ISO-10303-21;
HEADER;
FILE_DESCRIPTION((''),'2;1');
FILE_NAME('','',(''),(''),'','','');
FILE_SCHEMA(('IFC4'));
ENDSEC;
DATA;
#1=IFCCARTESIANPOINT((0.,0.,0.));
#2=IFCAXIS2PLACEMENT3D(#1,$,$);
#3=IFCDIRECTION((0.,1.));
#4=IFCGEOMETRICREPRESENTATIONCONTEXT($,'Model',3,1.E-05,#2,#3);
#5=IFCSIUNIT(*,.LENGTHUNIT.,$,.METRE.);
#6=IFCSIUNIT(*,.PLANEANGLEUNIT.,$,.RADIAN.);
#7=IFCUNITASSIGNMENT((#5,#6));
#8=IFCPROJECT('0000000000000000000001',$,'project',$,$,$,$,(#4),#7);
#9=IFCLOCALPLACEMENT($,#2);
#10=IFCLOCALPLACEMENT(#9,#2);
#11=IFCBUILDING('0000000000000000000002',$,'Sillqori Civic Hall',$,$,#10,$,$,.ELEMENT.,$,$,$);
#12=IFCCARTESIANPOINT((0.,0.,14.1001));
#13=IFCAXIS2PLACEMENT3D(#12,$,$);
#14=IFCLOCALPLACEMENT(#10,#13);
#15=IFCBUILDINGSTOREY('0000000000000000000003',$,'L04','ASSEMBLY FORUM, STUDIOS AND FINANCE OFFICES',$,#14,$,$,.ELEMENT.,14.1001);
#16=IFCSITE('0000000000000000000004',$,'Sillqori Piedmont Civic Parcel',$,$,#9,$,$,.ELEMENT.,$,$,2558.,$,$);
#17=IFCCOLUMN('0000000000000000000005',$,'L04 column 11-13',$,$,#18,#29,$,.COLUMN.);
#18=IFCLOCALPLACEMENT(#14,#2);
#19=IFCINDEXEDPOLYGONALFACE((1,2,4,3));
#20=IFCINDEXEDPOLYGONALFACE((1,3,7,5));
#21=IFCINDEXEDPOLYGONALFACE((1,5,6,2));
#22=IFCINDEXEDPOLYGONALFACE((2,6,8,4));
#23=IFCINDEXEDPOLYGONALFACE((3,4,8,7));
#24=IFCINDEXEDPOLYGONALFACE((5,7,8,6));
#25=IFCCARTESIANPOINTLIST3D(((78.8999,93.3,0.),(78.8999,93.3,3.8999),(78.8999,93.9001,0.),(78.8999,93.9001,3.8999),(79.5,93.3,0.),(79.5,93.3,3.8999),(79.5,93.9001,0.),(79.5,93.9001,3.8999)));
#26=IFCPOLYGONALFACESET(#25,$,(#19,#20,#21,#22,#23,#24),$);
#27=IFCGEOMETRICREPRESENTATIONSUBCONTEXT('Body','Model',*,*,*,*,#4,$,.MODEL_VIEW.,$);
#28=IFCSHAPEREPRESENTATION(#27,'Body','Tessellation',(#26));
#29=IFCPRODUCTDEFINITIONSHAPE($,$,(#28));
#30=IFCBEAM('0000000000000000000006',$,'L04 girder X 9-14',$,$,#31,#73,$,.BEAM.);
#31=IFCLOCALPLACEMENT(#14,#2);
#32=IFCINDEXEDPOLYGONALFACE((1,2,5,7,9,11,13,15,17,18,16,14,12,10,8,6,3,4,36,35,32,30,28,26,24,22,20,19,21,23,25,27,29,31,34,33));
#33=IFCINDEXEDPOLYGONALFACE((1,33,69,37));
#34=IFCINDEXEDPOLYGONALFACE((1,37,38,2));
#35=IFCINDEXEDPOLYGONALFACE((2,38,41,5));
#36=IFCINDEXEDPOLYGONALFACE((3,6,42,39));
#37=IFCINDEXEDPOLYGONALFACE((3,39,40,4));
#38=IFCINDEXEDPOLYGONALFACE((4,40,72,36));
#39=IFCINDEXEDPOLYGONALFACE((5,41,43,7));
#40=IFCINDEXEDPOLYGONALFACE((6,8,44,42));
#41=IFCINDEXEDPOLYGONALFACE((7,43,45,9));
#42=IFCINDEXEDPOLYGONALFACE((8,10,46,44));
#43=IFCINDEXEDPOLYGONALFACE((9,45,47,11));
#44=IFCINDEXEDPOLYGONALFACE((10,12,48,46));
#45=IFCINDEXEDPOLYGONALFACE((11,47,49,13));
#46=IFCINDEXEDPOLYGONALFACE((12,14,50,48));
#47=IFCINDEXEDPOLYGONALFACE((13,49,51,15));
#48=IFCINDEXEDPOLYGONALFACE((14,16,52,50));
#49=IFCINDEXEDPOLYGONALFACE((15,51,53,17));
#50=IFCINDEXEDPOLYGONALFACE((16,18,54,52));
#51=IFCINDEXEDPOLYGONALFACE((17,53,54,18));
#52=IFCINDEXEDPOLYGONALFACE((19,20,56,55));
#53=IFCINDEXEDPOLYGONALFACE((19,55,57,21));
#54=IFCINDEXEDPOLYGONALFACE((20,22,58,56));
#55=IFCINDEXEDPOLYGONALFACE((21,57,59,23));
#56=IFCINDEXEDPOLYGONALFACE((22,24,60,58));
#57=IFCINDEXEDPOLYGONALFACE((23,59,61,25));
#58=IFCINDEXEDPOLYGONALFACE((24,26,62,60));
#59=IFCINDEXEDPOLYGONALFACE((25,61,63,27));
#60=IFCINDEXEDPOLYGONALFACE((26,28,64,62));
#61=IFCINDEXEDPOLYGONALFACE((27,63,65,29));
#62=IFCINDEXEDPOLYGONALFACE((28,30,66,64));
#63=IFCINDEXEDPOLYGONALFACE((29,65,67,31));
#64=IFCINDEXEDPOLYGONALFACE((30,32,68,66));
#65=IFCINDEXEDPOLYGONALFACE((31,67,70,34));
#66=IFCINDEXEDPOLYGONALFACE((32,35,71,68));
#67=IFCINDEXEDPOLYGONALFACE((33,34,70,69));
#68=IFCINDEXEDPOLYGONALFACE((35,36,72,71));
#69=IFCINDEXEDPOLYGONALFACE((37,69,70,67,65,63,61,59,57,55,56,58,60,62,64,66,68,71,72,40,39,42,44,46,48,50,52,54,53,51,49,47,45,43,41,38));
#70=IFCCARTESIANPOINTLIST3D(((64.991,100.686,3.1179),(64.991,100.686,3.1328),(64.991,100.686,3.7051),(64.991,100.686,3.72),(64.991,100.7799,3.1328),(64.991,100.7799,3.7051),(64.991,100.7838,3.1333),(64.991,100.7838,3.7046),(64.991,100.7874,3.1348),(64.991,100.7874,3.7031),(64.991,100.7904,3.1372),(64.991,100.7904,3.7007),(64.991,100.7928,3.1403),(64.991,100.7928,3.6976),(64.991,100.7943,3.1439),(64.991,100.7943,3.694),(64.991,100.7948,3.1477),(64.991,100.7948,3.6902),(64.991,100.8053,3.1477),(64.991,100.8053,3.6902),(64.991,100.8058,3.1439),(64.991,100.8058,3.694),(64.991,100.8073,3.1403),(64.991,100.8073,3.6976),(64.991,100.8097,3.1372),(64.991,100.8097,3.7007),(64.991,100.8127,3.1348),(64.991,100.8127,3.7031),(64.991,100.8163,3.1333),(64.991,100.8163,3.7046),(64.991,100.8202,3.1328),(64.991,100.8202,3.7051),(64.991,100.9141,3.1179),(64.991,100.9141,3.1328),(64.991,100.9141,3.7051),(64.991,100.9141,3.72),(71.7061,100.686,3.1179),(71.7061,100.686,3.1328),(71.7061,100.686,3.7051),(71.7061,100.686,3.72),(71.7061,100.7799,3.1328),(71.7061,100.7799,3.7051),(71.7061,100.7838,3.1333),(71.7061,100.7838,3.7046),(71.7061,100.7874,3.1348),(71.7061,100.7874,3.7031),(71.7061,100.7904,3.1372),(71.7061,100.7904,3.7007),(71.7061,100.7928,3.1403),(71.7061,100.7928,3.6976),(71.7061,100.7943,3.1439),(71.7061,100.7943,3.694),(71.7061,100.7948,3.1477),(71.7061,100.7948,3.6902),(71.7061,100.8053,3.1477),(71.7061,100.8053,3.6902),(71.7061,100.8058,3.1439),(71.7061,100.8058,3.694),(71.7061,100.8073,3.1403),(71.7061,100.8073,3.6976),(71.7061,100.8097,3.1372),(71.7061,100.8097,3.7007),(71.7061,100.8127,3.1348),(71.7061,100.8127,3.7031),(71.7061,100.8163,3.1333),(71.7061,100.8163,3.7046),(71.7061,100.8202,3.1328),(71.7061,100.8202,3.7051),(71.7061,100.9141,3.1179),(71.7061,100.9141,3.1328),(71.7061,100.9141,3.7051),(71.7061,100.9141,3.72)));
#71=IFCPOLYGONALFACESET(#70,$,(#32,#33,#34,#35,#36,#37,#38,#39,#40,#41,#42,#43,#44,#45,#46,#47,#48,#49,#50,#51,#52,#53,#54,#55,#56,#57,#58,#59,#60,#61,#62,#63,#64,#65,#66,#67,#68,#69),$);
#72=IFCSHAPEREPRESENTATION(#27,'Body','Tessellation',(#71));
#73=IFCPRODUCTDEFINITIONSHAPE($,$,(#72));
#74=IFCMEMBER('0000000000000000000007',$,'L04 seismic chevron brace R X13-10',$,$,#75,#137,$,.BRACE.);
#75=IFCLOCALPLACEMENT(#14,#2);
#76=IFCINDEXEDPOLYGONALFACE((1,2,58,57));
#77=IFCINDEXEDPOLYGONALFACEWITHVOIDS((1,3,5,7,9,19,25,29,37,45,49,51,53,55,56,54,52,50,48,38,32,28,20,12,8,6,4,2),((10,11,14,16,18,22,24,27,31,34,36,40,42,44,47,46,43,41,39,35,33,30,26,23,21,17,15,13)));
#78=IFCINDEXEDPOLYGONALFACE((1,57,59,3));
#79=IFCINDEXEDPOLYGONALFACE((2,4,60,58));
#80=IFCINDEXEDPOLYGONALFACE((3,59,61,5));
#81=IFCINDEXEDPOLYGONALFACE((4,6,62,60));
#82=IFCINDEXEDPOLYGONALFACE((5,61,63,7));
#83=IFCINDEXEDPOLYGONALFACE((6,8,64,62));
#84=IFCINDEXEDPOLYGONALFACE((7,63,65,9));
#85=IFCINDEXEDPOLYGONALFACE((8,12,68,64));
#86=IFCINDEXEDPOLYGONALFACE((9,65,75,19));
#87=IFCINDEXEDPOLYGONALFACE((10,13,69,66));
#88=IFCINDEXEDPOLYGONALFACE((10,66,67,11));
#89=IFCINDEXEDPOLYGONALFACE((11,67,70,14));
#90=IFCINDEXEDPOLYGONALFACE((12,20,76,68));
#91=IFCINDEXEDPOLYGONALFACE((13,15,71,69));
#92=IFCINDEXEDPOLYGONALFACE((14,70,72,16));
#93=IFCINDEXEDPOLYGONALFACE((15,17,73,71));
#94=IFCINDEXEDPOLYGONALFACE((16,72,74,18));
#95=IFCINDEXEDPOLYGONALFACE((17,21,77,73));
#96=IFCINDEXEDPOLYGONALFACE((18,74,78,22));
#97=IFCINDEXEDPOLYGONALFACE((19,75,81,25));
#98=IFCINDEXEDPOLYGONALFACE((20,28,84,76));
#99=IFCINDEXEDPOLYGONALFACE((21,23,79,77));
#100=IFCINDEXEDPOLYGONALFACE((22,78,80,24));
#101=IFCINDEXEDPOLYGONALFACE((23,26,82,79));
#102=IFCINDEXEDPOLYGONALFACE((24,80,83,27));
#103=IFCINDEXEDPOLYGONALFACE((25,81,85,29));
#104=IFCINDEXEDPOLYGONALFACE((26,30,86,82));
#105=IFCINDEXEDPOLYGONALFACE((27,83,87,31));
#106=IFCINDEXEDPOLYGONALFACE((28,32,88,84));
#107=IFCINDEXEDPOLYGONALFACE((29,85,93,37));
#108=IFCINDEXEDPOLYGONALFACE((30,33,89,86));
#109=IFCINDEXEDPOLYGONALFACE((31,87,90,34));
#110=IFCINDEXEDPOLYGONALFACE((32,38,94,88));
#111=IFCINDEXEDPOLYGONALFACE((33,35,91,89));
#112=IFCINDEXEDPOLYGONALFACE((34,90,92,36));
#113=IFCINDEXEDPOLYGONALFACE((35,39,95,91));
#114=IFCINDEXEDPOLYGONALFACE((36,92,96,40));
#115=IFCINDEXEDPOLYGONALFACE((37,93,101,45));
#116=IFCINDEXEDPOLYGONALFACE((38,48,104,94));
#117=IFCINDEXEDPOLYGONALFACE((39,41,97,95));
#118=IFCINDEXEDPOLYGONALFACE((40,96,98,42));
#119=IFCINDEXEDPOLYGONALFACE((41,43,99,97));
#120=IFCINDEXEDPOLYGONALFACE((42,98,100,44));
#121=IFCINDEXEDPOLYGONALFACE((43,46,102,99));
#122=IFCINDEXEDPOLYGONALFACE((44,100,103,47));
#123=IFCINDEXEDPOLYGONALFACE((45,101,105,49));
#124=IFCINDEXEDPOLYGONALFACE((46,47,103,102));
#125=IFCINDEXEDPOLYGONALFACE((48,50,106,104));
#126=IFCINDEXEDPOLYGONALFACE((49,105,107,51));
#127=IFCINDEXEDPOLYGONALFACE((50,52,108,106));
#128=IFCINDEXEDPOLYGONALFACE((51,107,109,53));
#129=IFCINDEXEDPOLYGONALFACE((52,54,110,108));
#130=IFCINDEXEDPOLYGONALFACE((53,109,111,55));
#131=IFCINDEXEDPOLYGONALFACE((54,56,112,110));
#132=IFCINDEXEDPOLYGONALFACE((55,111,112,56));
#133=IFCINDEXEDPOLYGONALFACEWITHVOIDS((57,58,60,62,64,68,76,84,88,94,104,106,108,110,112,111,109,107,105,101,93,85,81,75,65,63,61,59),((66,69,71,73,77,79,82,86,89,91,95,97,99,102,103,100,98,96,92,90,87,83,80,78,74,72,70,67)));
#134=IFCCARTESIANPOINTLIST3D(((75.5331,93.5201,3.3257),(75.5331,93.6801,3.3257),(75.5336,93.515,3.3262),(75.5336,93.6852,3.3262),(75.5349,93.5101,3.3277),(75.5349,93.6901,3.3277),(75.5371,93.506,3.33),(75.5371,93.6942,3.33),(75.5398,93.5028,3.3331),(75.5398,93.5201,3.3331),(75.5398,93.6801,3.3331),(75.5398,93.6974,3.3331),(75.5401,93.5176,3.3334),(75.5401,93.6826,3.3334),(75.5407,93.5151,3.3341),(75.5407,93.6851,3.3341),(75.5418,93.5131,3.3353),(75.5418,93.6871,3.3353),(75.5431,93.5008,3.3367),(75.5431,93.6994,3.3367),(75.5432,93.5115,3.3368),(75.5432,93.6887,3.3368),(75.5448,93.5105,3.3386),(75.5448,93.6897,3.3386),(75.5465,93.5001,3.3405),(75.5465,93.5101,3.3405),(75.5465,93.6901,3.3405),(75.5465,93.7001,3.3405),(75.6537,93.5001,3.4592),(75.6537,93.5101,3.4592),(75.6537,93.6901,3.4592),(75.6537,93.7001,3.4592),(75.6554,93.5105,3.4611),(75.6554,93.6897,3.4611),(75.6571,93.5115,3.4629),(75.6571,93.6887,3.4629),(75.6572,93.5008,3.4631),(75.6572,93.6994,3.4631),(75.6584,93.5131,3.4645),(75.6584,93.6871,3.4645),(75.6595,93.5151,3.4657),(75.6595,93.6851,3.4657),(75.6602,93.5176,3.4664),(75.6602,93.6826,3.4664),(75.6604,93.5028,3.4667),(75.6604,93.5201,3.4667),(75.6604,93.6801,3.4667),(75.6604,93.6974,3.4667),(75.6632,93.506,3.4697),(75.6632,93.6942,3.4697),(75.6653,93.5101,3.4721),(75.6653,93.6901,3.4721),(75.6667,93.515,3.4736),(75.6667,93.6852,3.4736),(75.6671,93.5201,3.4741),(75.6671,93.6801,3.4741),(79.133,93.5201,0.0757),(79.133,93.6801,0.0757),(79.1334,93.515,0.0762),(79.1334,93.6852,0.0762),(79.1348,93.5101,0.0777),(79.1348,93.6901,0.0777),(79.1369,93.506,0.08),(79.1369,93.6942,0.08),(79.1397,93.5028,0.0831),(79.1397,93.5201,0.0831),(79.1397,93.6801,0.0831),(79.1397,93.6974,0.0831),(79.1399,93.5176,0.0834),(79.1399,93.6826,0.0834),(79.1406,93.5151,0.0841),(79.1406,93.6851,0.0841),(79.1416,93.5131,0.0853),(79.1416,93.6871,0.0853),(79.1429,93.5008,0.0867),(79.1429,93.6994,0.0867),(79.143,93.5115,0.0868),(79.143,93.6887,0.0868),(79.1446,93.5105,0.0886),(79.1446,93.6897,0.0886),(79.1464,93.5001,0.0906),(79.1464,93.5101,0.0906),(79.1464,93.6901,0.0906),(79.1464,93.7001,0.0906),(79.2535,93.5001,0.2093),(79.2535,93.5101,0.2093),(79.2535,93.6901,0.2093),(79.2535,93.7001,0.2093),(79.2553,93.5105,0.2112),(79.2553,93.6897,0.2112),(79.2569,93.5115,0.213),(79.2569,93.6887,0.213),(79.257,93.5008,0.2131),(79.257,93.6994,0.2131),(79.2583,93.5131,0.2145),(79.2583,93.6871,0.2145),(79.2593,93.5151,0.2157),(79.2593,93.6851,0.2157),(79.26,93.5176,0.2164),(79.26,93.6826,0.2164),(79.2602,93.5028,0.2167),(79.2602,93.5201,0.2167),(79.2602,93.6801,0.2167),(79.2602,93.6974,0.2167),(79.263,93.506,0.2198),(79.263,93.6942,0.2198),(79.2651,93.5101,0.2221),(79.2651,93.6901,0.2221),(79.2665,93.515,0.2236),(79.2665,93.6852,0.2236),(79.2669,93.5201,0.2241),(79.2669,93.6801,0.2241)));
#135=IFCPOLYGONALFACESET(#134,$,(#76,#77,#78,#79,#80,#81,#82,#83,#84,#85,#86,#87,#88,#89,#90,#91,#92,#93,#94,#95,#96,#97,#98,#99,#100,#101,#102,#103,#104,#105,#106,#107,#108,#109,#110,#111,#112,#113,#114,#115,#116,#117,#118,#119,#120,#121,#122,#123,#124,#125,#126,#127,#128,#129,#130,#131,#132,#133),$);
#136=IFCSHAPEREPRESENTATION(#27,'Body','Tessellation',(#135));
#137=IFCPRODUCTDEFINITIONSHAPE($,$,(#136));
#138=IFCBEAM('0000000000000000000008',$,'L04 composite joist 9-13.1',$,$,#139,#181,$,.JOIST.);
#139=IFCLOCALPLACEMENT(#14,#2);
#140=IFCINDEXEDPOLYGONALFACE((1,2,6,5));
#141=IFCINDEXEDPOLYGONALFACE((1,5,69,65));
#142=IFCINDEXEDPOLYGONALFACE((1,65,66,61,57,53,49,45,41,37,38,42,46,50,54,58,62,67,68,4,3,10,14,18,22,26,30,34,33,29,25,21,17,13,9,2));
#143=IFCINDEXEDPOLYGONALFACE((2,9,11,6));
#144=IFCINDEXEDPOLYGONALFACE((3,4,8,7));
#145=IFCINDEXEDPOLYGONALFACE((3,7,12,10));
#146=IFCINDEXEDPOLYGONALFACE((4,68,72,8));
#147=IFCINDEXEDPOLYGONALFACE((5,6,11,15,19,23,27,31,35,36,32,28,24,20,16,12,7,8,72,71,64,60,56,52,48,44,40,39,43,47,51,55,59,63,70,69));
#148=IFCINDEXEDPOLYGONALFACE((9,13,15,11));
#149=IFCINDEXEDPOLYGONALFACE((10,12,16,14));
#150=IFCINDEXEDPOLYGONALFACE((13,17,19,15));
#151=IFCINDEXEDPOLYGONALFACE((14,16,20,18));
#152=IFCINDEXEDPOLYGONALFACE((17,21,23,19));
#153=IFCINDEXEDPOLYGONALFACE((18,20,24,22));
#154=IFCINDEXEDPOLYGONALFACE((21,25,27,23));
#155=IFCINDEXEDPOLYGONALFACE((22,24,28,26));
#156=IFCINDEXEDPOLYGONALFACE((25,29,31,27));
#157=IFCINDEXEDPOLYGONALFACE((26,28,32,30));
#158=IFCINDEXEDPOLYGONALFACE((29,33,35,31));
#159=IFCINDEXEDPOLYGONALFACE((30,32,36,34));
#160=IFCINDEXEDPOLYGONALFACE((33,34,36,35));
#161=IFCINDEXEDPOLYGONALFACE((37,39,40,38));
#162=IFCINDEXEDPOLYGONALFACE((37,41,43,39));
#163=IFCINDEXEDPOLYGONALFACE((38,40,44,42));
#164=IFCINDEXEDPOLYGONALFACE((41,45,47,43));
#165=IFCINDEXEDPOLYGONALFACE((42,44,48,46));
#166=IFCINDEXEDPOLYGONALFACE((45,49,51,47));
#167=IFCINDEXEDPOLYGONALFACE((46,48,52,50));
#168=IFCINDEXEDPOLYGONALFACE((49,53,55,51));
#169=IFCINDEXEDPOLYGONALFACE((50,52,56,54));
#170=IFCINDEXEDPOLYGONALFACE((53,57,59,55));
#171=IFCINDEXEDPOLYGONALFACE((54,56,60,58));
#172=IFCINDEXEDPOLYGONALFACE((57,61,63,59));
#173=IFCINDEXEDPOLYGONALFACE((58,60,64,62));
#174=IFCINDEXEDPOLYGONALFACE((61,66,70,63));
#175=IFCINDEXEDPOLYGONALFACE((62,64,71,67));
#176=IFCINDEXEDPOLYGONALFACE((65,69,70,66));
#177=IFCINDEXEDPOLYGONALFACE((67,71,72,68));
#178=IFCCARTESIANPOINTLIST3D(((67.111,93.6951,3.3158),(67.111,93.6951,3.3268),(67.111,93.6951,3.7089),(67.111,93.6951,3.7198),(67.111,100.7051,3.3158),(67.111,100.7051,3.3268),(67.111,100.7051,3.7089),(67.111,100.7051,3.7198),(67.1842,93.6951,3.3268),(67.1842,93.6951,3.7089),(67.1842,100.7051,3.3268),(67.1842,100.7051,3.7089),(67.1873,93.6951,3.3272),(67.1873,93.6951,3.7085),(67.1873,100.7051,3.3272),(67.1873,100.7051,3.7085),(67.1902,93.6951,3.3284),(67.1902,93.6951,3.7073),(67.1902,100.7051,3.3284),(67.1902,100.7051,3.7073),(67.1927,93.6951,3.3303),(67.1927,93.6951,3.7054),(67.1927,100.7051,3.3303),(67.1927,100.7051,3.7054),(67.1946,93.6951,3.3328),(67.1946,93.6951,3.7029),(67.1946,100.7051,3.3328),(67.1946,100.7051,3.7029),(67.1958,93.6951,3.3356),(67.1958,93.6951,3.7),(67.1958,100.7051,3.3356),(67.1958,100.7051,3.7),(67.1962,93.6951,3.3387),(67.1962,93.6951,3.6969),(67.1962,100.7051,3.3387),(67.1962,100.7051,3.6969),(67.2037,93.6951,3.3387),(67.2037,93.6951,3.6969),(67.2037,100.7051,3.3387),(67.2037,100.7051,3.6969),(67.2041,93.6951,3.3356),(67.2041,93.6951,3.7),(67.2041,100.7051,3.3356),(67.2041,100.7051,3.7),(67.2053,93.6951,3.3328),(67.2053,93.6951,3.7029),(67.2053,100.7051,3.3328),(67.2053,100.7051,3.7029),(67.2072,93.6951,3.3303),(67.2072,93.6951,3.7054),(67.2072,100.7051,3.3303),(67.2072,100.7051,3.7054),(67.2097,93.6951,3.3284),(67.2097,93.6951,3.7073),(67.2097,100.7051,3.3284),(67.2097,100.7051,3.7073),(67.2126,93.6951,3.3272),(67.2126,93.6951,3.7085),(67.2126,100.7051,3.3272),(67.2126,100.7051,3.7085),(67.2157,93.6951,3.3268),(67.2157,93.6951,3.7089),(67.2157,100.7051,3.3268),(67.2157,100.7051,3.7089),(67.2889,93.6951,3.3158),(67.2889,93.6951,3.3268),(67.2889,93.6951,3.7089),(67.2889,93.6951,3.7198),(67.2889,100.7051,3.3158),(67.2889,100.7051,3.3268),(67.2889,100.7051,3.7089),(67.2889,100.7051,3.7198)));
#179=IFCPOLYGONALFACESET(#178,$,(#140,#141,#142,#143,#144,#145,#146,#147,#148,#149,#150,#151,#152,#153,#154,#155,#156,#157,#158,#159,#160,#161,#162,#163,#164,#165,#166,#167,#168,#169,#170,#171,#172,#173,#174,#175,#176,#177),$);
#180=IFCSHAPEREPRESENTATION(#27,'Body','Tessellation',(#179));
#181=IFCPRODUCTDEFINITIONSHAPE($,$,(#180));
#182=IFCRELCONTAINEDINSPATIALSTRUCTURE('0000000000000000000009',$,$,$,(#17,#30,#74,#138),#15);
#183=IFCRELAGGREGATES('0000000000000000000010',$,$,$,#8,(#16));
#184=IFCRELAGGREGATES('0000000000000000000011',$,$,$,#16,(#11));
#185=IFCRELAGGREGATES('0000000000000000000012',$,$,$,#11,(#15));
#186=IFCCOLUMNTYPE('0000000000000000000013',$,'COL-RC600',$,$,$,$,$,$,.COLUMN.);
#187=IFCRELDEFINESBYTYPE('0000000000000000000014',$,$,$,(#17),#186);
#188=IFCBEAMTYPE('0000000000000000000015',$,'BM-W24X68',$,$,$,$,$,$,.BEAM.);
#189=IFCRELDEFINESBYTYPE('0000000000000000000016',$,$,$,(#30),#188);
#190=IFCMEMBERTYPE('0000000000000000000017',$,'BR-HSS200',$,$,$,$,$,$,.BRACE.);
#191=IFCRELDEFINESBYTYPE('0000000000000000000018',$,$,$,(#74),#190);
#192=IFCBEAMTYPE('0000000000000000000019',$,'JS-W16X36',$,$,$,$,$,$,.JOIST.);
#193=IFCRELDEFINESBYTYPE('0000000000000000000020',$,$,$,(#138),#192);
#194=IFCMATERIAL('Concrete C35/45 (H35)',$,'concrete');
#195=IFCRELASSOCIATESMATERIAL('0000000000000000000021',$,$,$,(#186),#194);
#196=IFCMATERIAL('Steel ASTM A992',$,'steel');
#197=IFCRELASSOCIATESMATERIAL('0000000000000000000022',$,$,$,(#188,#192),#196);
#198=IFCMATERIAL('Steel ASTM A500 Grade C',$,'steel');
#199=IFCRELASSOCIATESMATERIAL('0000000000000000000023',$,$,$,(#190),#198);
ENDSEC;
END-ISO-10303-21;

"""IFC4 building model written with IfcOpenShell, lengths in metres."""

from ifc_helpers import new_model, si_unit, direction, frame, origin, origin_2d, place, context, subcontext, project, spatial, rectangle, hollow_rectangle, i_section, extrude, material, material_profile, profile_set, type_object, element, save


model = new_model("IFC4")

# Units and contexts
model_context = context("Model", 3, precision=1e-05, world=origin(), true_north=direction((0.0, 1.0)))
body_context = subcontext(model_context, "Body", "Model", "MODEL_VIEW")
ifc_project = project(units=[si_unit("LENGTHUNIT", "METRE"), si_unit("PLANEANGLEUNIT", "RADIAN")], contexts=[model_context])

# Site, building, storey
site_placement = place(None, origin())
site = spatial("IfcSite", under=ifc_project, at=site_placement, Name="Sillqori Piedmont Civic Parcel", CompositionType="ELEMENT", RefElevation=2558.0)
building_placement = place(site_placement, origin())
building = spatial("IfcBuilding", under=site, at=building_placement, Name="Sillqori Civic Hall", CompositionType="ELEMENT")
storey_placement = place(building_placement, frame((0.0, 0.0, 14.1001)))
storey = spatial("IfcBuildingStorey", under=building, at=storey_placement, Name="L04", Description="ASSEMBLY FORUM, STUDIOS AND FINANCE OFFICES", CompositionType="ELEMENT", Elevation=14.1001)

# Column
ifc_material_1 = material(Name="Concrete C35/45 (H35)", Category="concrete")
ifc_material_profile_1 = material_profile(ifc_material_1, rectangle(XDim=0.6001, YDim=0.6001, at=origin_2d()), Name="RC 600x600")
ifc_profile_set_1 = profile_set([ifc_material_profile_1], Name="Concrete C35/45 (H35)")
column_type = type_object("IfcColumnType", Name="COL-RC600", PredefinedType="COLUMN", material=ifc_profile_set_1)
column_placement = place(storey_placement, frame((79.2, 93.6001, 0.0), z_axis=(0.0, 0.0, 1.0), x_axis=(1.0, 0.0, 0.0)))
element("IfcColumn", 1, at=column_placement, inside=storey, type_object=column_type, Name="L04 column 11-13", PredefinedType="COLUMN", context=body_context, shape_type="SweptSolid", body=[
    extrude(rectangle(XDim=0.6001, YDim=0.6001, at=origin_2d()), origin(), (0.0, 0.0, 1.0), 3.8999),
])

# Beam
ifc_material_2 = material(Name="Steel ASTM A992", Category="steel")
ifc_material_profile_2 = material_profile(ifc_material_2, i_section(OverallWidth=0.228, OverallDepth=0.6021, WebThickness=0.0105, FlangeThickness=0.0149, FilletRadius=0.0149, at=origin_2d()), Name="W24X68")
ifc_profile_set_2 = profile_set([ifc_material_profile_2], Name="Steel ASTM A992")
beam_type_1 = type_object("IfcBeamType", Name="BM-W24X68", PredefinedType="BEAM", material=ifc_profile_set_2)
beam_1_placement = place(storey_placement, frame((64.991, 100.8, 3.4189), z_axis=(1.0, 0.0, 0.0), x_axis=(0.0, 1.0, 0.0)))
element("IfcBeam", 2, at=beam_1_placement, inside=storey, type_object=beam_type_1, Name="L04 girder X 9-14", PredefinedType="BEAM", context=body_context, shape_type="SweptSolid", body=[
    extrude(i_section(OverallWidth=0.228, OverallDepth=0.6021, WebThickness=0.0105, FlangeThickness=0.0149, FilletRadius=0.0149, at=origin_2d()), origin(), (0.0, 0.0, 1.0), 6.7151),
])

# Member
ifc_material_3 = material(Name="Steel ASTM A500 Grade C", Category="steel")
ifc_material_profile_3 = material_profile(ifc_material_3, hollow_rectangle(XDim=0.2, YDim=0.2, WallThickness=0.01, InnerFilletRadius=0.01, OuterFilletRadius=0.02, at=origin_2d()), Name="HSS200X200X10")
ifc_profile_set_3 = profile_set([ifc_material_profile_3], Name="Steel ASTM A500 Grade C")
member_type_1 = type_object("IfcMemberType", Name="BR-HSS200", PredefinedType="BRACE", material=ifc_profile_set_3)
member_1_placement = place(storey_placement, frame((79.2, 93.6001, 0.1499), z_axis=(-0.742254, 0.0, 0.670118), x_axis=(0.0, -1.0, 0.0)))
element("IfcMember", 3, at=member_1_placement, inside=storey, type_object=member_type_1, Name="L04 seismic chevron brace R X13-10", PredefinedType="BRACE", context=body_context, shape_type="SweptSolid", body=[
    extrude(hollow_rectangle(XDim=0.2, YDim=0.2, WallThickness=0.01, InnerFilletRadius=0.01, OuterFilletRadius=0.02, at=origin_2d()), origin(), (0.0, 0.0, 1.0), 4.8499),
])

# Beam
ifc_material_profile_4 = material_profile(ifc_material_2, i_section(OverallWidth=0.178, OverallDepth=0.4041, WebThickness=0.0076, FlangeThickness=0.011, FilletRadius=0.012, at=origin_2d()), Name="W16X36")
ifc_profile_set_4 = profile_set([ifc_material_profile_4], Name="Steel ASTM A992")
beam_type_2 = type_object("IfcBeamType", Name="JS-W16X36", PredefinedType="JOIST", material=ifc_profile_set_4)
for number, where, z_axis, x_axis, name in (
    (4, (67.2, 93.6951, 3.5178), (0.0, 1.0, 0.0), (-1.0, 0.0, 0.0), "L04 composite joist 9-13.1"),
):
    element("IfcBeam", number, at=place(storey_placement, frame(where, z_axis=z_axis, x_axis=x_axis)), inside=storey, type_object=beam_type_2, Name=name, PredefinedType="JOIST", context=body_context, shape_type="SweptSolid", body=[
        extrude(i_section(OverallWidth=0.178, OverallDepth=0.4041, WebThickness=0.0076, FlangeThickness=0.011, FilletRadius=0.012, at=origin_2d()), origin(), (0.0, 0.0, 1.0), 7.01),
    ])

save(model, "model.ifc")
